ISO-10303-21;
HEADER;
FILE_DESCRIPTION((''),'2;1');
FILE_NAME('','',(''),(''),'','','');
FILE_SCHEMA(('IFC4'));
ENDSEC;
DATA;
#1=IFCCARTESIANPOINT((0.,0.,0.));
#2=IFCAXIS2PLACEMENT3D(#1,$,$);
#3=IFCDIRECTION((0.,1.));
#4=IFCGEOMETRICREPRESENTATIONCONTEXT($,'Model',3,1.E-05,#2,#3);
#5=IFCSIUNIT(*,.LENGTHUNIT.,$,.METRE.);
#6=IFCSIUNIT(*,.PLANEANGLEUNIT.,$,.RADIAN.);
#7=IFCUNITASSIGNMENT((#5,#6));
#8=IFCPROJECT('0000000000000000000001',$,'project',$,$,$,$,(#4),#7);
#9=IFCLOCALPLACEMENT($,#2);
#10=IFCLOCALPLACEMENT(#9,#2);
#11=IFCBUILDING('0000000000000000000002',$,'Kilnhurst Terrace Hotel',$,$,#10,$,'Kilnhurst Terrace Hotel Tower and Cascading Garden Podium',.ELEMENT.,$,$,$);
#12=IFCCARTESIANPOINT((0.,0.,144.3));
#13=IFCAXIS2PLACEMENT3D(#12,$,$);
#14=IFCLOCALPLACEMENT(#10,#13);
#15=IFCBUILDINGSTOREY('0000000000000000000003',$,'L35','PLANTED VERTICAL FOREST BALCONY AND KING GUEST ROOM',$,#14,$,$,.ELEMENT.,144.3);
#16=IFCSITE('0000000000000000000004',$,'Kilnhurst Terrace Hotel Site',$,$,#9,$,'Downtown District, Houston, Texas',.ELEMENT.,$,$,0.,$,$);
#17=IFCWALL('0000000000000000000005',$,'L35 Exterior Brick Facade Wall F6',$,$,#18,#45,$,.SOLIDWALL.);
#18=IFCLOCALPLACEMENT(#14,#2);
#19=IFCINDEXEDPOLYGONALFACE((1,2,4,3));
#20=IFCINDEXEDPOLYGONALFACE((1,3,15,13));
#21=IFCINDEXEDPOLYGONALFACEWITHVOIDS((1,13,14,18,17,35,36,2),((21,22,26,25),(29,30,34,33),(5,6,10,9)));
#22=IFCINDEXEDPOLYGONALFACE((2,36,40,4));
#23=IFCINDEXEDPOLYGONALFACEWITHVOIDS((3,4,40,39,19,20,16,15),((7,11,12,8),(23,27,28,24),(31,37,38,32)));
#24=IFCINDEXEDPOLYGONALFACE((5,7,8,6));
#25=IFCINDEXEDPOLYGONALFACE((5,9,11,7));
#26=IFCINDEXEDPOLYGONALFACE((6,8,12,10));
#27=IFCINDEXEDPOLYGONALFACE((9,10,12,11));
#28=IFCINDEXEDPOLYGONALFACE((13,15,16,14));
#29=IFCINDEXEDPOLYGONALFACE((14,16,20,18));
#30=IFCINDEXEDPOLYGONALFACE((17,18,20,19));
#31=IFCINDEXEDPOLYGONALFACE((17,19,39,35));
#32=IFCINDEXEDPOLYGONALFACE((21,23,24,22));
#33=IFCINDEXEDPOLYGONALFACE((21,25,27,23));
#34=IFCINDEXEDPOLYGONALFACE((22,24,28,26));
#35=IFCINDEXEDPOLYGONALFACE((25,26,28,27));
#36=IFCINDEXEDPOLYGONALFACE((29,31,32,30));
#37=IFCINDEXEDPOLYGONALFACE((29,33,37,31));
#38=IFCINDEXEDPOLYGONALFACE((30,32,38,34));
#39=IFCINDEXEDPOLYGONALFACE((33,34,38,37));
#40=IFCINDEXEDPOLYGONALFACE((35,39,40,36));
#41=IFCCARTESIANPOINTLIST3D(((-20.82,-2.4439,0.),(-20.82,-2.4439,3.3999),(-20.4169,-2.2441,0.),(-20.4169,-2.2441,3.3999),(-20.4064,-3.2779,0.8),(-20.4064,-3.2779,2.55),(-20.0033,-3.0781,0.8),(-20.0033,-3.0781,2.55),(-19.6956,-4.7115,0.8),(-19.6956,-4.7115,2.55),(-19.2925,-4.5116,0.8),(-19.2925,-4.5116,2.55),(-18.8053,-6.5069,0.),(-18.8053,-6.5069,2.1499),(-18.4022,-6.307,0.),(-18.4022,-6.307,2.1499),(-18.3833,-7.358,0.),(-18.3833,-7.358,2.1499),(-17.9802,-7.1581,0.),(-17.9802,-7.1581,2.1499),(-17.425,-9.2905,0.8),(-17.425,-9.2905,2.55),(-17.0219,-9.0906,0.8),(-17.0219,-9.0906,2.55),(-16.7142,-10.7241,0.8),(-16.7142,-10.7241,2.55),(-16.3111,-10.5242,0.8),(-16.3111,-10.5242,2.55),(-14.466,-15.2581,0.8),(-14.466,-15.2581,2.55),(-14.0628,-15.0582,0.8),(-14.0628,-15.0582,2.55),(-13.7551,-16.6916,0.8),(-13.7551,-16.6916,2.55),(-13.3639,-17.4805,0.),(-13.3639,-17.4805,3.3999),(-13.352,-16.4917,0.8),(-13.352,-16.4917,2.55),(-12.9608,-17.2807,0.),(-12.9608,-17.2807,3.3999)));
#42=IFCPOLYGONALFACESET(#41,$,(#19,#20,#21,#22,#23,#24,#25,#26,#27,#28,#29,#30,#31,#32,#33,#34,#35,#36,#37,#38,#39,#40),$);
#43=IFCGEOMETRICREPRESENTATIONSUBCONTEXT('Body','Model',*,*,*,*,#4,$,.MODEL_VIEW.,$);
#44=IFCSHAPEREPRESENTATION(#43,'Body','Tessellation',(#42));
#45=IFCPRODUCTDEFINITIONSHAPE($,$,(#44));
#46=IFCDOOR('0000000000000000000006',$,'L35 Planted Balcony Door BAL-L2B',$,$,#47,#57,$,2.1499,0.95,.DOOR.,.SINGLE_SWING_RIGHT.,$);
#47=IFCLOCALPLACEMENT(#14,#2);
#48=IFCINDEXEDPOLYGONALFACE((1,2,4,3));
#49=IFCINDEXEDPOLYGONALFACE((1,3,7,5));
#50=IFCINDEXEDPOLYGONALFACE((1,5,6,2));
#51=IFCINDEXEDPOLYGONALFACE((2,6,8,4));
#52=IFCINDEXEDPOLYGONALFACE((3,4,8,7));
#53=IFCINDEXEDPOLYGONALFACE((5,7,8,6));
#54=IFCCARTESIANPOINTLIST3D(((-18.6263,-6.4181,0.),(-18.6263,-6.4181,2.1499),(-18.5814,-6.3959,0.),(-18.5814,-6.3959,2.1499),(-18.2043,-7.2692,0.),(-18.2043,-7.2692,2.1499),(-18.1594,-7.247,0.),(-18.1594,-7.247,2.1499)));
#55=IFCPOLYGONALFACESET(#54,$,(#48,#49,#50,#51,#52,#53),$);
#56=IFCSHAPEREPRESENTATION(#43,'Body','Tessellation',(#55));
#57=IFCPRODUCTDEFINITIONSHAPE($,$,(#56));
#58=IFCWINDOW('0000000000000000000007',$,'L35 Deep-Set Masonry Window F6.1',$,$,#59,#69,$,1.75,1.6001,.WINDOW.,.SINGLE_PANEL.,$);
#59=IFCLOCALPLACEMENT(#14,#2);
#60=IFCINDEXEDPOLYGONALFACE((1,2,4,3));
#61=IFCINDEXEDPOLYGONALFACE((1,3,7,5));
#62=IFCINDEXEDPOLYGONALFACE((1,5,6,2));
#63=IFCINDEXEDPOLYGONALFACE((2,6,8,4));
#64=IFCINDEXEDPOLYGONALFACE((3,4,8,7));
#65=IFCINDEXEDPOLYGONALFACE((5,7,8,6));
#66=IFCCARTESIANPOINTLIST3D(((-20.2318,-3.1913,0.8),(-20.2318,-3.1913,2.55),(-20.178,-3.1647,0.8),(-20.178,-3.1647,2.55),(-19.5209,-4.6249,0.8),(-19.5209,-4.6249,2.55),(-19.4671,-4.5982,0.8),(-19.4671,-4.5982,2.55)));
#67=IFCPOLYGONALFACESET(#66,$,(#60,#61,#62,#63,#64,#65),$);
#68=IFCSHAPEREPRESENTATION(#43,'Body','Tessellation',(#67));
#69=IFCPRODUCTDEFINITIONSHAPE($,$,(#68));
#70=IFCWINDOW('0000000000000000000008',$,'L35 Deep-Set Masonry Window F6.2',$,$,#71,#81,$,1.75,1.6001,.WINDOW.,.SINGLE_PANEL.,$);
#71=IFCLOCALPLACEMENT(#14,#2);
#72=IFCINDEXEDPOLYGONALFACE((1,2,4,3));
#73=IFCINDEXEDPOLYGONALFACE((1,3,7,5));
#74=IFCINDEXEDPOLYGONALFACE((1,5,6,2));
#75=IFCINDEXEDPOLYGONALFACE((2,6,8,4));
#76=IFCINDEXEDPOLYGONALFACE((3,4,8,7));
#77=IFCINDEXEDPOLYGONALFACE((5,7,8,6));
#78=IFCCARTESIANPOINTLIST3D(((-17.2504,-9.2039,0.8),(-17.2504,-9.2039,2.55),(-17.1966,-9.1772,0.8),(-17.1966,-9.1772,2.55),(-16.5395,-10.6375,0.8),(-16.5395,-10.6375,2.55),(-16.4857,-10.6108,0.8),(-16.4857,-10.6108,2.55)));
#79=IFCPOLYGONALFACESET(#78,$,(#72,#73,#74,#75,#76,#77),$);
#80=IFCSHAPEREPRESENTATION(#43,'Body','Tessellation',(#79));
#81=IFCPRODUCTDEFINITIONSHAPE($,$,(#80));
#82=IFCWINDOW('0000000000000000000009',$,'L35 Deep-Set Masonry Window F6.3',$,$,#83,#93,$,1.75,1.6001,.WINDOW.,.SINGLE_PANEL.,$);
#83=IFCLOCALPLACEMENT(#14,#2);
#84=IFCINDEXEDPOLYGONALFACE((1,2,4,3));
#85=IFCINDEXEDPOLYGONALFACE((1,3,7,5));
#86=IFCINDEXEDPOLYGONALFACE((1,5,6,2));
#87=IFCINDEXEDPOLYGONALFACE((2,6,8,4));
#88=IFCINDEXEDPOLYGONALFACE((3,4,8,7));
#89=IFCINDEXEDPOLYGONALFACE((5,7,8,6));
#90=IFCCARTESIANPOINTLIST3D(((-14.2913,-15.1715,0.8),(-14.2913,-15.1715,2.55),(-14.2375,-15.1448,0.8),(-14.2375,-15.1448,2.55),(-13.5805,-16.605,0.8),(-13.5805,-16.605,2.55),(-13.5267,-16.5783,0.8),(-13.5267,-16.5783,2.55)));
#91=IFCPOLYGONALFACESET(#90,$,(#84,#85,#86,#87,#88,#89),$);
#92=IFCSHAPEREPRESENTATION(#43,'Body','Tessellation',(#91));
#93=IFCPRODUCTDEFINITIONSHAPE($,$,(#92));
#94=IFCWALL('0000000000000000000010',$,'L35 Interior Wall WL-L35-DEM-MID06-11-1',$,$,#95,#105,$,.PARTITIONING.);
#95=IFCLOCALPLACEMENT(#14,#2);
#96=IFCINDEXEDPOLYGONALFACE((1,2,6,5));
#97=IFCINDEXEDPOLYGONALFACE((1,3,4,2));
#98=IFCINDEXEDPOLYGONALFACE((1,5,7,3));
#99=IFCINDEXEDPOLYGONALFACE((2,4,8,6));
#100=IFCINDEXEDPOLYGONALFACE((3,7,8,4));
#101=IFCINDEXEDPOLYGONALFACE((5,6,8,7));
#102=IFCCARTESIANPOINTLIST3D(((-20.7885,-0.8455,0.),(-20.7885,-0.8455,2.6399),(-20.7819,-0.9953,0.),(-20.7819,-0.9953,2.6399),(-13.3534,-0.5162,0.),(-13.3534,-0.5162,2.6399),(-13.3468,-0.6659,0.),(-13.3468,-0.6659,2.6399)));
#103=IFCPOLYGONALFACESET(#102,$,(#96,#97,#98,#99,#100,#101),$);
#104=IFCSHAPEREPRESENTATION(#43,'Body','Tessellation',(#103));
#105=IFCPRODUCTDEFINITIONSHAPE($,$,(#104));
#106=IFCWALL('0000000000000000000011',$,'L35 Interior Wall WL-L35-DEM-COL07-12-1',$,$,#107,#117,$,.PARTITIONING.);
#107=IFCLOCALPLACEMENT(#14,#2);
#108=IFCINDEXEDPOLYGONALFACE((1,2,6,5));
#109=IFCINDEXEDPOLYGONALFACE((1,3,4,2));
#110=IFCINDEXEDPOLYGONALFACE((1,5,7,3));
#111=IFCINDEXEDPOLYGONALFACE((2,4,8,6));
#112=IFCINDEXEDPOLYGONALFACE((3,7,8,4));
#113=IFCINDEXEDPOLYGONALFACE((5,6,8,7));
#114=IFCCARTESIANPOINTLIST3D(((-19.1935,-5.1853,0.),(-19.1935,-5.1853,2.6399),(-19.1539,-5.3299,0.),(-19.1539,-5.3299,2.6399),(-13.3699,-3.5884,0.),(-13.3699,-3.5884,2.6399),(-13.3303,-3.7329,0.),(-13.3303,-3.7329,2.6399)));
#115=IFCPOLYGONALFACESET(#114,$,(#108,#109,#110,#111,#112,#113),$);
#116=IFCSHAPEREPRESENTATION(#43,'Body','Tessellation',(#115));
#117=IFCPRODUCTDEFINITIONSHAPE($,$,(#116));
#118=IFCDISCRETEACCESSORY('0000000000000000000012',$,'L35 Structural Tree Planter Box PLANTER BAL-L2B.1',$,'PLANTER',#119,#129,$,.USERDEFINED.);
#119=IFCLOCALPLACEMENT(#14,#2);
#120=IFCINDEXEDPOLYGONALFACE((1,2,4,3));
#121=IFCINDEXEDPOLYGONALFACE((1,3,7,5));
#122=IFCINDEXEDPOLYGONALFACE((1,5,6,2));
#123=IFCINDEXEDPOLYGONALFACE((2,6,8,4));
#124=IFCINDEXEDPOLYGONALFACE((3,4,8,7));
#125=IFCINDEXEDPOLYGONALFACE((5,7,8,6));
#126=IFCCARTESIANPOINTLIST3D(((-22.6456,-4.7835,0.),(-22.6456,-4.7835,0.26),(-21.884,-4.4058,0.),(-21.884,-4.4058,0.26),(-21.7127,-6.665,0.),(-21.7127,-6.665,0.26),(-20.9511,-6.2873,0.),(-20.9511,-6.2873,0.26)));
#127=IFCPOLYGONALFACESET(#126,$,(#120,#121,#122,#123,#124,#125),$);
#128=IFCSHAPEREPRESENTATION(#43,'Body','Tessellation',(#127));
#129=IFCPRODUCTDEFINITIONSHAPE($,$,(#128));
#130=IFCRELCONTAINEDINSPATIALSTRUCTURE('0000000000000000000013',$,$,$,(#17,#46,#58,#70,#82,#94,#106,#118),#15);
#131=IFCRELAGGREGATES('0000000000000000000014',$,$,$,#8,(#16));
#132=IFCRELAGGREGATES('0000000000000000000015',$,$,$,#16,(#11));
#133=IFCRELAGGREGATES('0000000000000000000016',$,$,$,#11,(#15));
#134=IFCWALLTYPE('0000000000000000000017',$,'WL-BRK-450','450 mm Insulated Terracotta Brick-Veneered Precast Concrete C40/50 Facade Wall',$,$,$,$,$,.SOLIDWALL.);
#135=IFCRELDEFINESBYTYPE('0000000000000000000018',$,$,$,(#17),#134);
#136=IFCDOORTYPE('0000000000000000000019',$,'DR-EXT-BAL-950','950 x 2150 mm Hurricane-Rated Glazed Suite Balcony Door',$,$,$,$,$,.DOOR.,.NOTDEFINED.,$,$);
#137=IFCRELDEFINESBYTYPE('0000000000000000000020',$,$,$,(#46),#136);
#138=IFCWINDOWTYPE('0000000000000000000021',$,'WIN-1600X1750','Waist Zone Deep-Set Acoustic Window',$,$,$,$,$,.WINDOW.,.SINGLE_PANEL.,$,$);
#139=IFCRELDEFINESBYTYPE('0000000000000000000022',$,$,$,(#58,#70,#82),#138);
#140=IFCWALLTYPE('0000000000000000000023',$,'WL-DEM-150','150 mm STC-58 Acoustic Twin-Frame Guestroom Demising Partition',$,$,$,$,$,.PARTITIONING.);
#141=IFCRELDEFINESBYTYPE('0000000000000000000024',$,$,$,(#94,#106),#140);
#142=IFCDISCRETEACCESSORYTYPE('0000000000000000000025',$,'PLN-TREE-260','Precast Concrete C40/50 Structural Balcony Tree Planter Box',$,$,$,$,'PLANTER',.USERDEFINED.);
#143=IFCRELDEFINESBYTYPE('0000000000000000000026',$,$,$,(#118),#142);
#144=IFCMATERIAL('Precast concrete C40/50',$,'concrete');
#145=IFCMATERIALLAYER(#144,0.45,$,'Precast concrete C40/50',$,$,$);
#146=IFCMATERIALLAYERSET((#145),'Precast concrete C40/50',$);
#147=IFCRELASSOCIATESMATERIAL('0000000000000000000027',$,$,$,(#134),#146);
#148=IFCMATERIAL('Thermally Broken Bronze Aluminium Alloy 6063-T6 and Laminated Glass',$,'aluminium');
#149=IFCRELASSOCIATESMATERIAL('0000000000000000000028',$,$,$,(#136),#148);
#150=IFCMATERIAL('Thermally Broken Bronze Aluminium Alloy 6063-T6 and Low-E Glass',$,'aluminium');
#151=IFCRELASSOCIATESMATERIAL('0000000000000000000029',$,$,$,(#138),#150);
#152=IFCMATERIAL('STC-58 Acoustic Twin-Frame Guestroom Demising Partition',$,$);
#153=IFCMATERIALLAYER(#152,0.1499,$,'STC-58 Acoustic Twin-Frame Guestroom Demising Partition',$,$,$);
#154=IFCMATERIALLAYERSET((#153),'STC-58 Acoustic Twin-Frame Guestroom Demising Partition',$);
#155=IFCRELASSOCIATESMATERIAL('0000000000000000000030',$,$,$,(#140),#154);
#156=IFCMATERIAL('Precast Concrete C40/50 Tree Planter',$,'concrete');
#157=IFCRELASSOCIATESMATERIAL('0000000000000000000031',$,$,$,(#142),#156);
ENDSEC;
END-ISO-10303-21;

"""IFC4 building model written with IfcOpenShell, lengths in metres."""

from ifc_helpers import new_model, si_unit, direction, frame, frame_2d, origin, origin_2d, place, context, subcontext, project, spatial, rectangle, extrude, material, layer, layer_set, type_object, element, fill, save


model = new_model("IFC4")

# Units and contexts
model_context = context("Model", 3, precision=1e-05, world=origin(), true_north=direction((0.0, 1.0)))
body_context = subcontext(model_context, "Body", "Model", "MODEL_VIEW")
ifc_project = project(units=[si_unit("LENGTHUNIT", "METRE"), si_unit("PLANEANGLEUNIT", "RADIAN")], contexts=[model_context])

# Site, building, storey
site_placement = place(None, origin())
site = spatial("IfcSite", under=ifc_project, at=site_placement, Name="Kilnhurst Terrace Hotel Site", LongName="Downtown District, Houston, Texas", CompositionType="ELEMENT", RefElevation=0.0)
building_placement = place(site_placement, origin())
building = spatial("IfcBuilding", under=site, at=building_placement, Name="Kilnhurst Terrace Hotel", LongName="Kilnhurst Terrace Hotel Tower and Cascading Garden Podium", CompositionType="ELEMENT")
storey_placement = place(building_placement, frame((0.0, 0.0, 144.3)))
storey = spatial("IfcBuildingStorey", under=building, at=storey_placement, Name="L35", Description="PLANTED VERTICAL FOREST BALCONY AND KING GUEST ROOM", CompositionType="ELEMENT", Elevation=144.3)

# Shared definitions
ifc_material_1 = material(Name="Precast concrete C40/50", Category="concrete")
ifc_layer_1 = layer(ifc_material_1, 0.45, Name="Precast concrete C40/50")
ifc_layer_set_1 = layer_set([ifc_layer_1], Name="Precast concrete C40/50")
wall_type_1 = type_object("IfcWallType", Name="WL-BRK-450", Description="450 mm Insulated Terracotta Brick-Veneered Precast Concrete C40/50 Facade Wall", PredefinedType="SOLIDWALL", material=ifc_layer_set_1)

# Wall, openings, door, windows
wall_1_placement = place(storey_placement, frame((-20.6184, -2.344, 0.0), z_axis=(0.0, 0.0, 1.0), x_axis=(0.444244, -0.895906, 0.0)))
wall_1 = element("IfcWall", 1, at=wall_1_placement, inside=storey, type_object=wall_type_1, Name="L35 Exterior Brick Facade Wall F6", PredefinedType="SOLIDWALL", context=body_context, shape_type="SweptSolid", body=[
    extrude(rectangle(XDim=16.7837, YDim=0.45, at=frame_2d((8.3918, 0.0))), origin(), (0.0, 0.0, 1.0), 3.3999),
])
opening_1_placement = place(wall_1_placement, frame((4.5349, 0.0, 0.0)))
opening_1 = element("IfcOpeningElement", 2, at=opening_1_placement, cuts=wall_1, PredefinedType="OPENING", context=body_context, shape_type="SweptSolid", body=[
    extrude(rectangle(XDim=0.95, YDim=2.1499, at=frame_2d((0.4751, 1.075))), frame((0.0, 0.2349, 0.0), z_axis=(0.0, -1.0, 0.0), x_axis=(1.0, 0.0, 0.0)), (0.0, 0.0, 1.0), 0.47),
])
opening_2_placement = place(wall_1_placement, frame((0.9309, 0.0, 0.8)))
opening_2 = element("IfcOpeningElement", 3, at=opening_2_placement, cuts=wall_1, PredefinedType="OPENING", context=body_context, shape_type="SweptSolid", body=[
    extrude(rectangle(XDim=1.6001, YDim=1.75, at=frame_2d((0.8, 0.875))), frame((0.0, 0.2349, 0.0), z_axis=(0.0, -1.0, 0.0), x_axis=(1.0, 0.0, 0.0)), (0.0, 0.0, 1.0), 0.47),
])
opening_3_placement = place(wall_1_placement, frame((7.6421, 0.0, 0.8)))
opening_3 = element("IfcOpeningElement", 4, at=opening_3_placement, cuts=wall_1, PredefinedType="OPENING", context=body_context, shape_type="SweptSolid", body=[
    extrude(rectangle(XDim=1.6001, YDim=1.75, at=frame_2d((0.8, 0.875))), frame((0.0, 0.2349, 0.0), z_axis=(0.0, -1.0, 0.0), x_axis=(1.0, 0.0, 0.0)), (0.0, 0.0, 1.0), 0.47),
])
opening_4_placement = place(wall_1_placement, frame((14.303, 0.0, 0.8)))
opening_4 = element("IfcOpeningElement", 5, at=opening_4_placement, cuts=wall_1, PredefinedType="OPENING", context=body_context, shape_type="SweptSolid", body=[
    extrude(rectangle(XDim=1.6001, YDim=1.75, at=frame_2d((0.8, 0.875))), frame((0.0, 0.2349, 0.0), z_axis=(0.0, -1.0, 0.0), x_axis=(1.0, 0.0, 0.0)), (0.0, 0.0, 1.0), 0.47),
])
ifc_material_2 = material(Name="Thermally Broken Bronze Aluminium Alloy 6063-T6 and Laminated Glass", Category="aluminium")
door_type_1 = type_object("IfcDoorType", Name="DR-EXT-BAL-950", Description="950 x 2150 mm Hurricane-Rated Glazed Suite Balcony Door", OperationType="NOTDEFINED", PredefinedType="DOOR", material=ifc_material_2)
door_1_placement = place(opening_1_placement, origin())
door_1 = element("IfcDoor", 6, at=door_1_placement, inside=storey, type_object=door_type_1, Name="L35 Planted Balcony Door BAL-L2B", OperationType="SINGLE_SWING_RIGHT", OverallHeight=2.1499, OverallWidth=0.95, PredefinedType="DOOR", context=body_context, shape_type="SweptSolid", body=[
    extrude(rectangle(XDim=0.95, YDim=2.1499, at=frame_2d((0.4751, 1.075))), frame((0.0, 0.0249, 0.0), z_axis=(0.0, -1.0, 0.0), x_axis=(1.0, 0.0, 0.0)), (0.0, 0.0, 1.0), 0.05),
])
fill(opening_1, door_1)
ifc_material_3 = material(Name="Thermally Broken Bronze Aluminium Alloy 6063-T6 and Low-E Glass", Category="aluminium")
window_type = type_object("IfcWindowType", Name="WIN-1600X1750", Description="Waist Zone Deep-Set Acoustic Window", PartitioningType="SINGLE_PANEL", PredefinedType="WINDOW", material=ifc_material_3)
window_1_placement = place(opening_2_placement, origin())
window_1 = element("IfcWindow", 7, at=window_1_placement, inside=storey, type_object=window_type, Name="L35 Deep-Set Masonry Window F6.1", OverallHeight=1.75, OverallWidth=1.6001, PartitioningType="SINGLE_PANEL", PredefinedType="WINDOW", context=body_context, shape_type="SweptSolid", body=[
    extrude(rectangle(XDim=1.6001, YDim=1.75, at=frame_2d((0.8, 0.875))), frame((0.0, 0.03, 0.0), z_axis=(0.0, -1.0, 0.0), x_axis=(1.0, 0.0, 0.0)), (0.0, 0.0, 1.0), 0.0601),
])
fill(opening_2, window_1)
window_2_placement = place(opening_3_placement, origin())
window_2 = element("IfcWindow", 8, at=window_2_placement, inside=storey, type_object=window_type, Name="L35 Deep-Set Masonry Window F6.2", OverallHeight=1.75, OverallWidth=1.6001, PartitioningType="SINGLE_PANEL", PredefinedType="WINDOW", context=body_context, shape_type="SweptSolid", body=[
    extrude(rectangle(XDim=1.6001, YDim=1.75, at=frame_2d((0.8, 0.875))), frame((0.0, 0.03, 0.0), z_axis=(0.0, -1.0, 0.0), x_axis=(1.0, 0.0, 0.0)), (0.0, 0.0, 1.0), 0.0601),
])
fill(opening_3, window_2)
window_3_placement = place(opening_4_placement, origin())
window_3 = element("IfcWindow", 9, at=window_3_placement, inside=storey, type_object=window_type, Name="L35 Deep-Set Masonry Window F6.3", OverallHeight=1.75, OverallWidth=1.6001, PartitioningType="SINGLE_PANEL", PredefinedType="WINDOW", context=body_context, shape_type="SweptSolid", body=[
    extrude(rectangle(XDim=1.6001, YDim=1.75, at=frame_2d((0.8, 0.875))), frame((0.0, 0.03, 0.0), z_axis=(0.0, -1.0, 0.0), x_axis=(1.0, 0.0, 0.0)), (0.0, 0.0, 1.0), 0.0601),
])
fill(opening_4, window_3)

# Walls
ifc_material_4 = material(Name="STC-58 Acoustic Twin-Frame Guestroom Demising Partition")
ifc_layer_2 = layer(ifc_material_4, 0.1499, Name="STC-58 Acoustic Twin-Frame Guestroom Demising Partition")
ifc_layer_set_2 = layer_set([ifc_layer_2], Name="STC-58 Acoustic Twin-Frame Guestroom Demising Partition")
wall_type_2 = type_object("IfcWallType", Name="WL-DEM-150", Description="150 mm STC-58 Acoustic Twin-Frame Guestroom Demising Partition", PredefinedType="PARTITIONING", material=ifc_layer_set_2)
wall_2_placement = place(storey_placement, frame((-13.3501, -0.5911, 0.0), z_axis=(0.0, 0.0, 1.0), x_axis=(-0.99902, -0.044253, 0.0)))
element("IfcWall", 10, at=wall_2_placement, inside=storey, type_object=wall_type_2, Name="L35 Interior Wall WL-L35-DEM-MID06-11-1", PredefinedType="PARTITIONING", context=body_context, shape_type="SweptSolid", body=[
    extrude(rectangle(XDim=7.4424, YDim=0.1499, at=frame_2d((3.7212, 0.0))), origin(), (0.0, 0.0, 1.0), 2.6399),
])
wall_3_placement = place(storey_placement, frame((-13.3501, -3.6606, 0.0), z_axis=(0.0, 0.0, 1.0), x_axis=(-0.964397, -0.264458, 0.0)))
element("IfcWall", 11, at=wall_3_placement, inside=storey, type_object=wall_type_2, Name="L35 Interior Wall WL-L35-DEM-COL07-12-1", PredefinedType="PARTITIONING", context=body_context, shape_type="SweptSolid", body=[
    extrude(rectangle(XDim=6.0386, YDim=0.1499, at=frame_2d((3.0193, 0.0))), origin(), (0.0, 0.0, 1.0), 2.6399),
])

# Discrete accessory
ifc_material_5 = material(Name="Precast Concrete C40/50 Tree Planter", Category="concrete")
discrete_accessory_type = type_object("IfcDiscreteAccessoryType", Name="PLN-TREE-260", Description="Precast Concrete C40/50 Structural Balcony Tree Planter Box", ElementType="PLANTER", PredefinedType="USERDEFINED", material=ifc_material_5)
discrete_accessory_placement = place(storey_placement, frame((-21.7983, -5.5354, 0.0), z_axis=(0.0, 0.0, 1.0), x_axis=(0.444244, -0.895906, 0.0)))
element("IfcDiscreteAccessory", 12, at=discrete_accessory_placement, inside=storey, type_object=discrete_accessory_type, Name="L35 Structural Tree Planter Box PLANTER BAL-L2B.1", ObjectType="PLANTER", PredefinedType="USERDEFINED", context=body_context, shape_type="SweptSolid", body=[
    extrude(rectangle(XDim=2.1001, YDim=0.8501, at=origin_2d()), origin(), (0.0, 0.0, 1.0), 0.26),
])

save(model, "model.ifc")
